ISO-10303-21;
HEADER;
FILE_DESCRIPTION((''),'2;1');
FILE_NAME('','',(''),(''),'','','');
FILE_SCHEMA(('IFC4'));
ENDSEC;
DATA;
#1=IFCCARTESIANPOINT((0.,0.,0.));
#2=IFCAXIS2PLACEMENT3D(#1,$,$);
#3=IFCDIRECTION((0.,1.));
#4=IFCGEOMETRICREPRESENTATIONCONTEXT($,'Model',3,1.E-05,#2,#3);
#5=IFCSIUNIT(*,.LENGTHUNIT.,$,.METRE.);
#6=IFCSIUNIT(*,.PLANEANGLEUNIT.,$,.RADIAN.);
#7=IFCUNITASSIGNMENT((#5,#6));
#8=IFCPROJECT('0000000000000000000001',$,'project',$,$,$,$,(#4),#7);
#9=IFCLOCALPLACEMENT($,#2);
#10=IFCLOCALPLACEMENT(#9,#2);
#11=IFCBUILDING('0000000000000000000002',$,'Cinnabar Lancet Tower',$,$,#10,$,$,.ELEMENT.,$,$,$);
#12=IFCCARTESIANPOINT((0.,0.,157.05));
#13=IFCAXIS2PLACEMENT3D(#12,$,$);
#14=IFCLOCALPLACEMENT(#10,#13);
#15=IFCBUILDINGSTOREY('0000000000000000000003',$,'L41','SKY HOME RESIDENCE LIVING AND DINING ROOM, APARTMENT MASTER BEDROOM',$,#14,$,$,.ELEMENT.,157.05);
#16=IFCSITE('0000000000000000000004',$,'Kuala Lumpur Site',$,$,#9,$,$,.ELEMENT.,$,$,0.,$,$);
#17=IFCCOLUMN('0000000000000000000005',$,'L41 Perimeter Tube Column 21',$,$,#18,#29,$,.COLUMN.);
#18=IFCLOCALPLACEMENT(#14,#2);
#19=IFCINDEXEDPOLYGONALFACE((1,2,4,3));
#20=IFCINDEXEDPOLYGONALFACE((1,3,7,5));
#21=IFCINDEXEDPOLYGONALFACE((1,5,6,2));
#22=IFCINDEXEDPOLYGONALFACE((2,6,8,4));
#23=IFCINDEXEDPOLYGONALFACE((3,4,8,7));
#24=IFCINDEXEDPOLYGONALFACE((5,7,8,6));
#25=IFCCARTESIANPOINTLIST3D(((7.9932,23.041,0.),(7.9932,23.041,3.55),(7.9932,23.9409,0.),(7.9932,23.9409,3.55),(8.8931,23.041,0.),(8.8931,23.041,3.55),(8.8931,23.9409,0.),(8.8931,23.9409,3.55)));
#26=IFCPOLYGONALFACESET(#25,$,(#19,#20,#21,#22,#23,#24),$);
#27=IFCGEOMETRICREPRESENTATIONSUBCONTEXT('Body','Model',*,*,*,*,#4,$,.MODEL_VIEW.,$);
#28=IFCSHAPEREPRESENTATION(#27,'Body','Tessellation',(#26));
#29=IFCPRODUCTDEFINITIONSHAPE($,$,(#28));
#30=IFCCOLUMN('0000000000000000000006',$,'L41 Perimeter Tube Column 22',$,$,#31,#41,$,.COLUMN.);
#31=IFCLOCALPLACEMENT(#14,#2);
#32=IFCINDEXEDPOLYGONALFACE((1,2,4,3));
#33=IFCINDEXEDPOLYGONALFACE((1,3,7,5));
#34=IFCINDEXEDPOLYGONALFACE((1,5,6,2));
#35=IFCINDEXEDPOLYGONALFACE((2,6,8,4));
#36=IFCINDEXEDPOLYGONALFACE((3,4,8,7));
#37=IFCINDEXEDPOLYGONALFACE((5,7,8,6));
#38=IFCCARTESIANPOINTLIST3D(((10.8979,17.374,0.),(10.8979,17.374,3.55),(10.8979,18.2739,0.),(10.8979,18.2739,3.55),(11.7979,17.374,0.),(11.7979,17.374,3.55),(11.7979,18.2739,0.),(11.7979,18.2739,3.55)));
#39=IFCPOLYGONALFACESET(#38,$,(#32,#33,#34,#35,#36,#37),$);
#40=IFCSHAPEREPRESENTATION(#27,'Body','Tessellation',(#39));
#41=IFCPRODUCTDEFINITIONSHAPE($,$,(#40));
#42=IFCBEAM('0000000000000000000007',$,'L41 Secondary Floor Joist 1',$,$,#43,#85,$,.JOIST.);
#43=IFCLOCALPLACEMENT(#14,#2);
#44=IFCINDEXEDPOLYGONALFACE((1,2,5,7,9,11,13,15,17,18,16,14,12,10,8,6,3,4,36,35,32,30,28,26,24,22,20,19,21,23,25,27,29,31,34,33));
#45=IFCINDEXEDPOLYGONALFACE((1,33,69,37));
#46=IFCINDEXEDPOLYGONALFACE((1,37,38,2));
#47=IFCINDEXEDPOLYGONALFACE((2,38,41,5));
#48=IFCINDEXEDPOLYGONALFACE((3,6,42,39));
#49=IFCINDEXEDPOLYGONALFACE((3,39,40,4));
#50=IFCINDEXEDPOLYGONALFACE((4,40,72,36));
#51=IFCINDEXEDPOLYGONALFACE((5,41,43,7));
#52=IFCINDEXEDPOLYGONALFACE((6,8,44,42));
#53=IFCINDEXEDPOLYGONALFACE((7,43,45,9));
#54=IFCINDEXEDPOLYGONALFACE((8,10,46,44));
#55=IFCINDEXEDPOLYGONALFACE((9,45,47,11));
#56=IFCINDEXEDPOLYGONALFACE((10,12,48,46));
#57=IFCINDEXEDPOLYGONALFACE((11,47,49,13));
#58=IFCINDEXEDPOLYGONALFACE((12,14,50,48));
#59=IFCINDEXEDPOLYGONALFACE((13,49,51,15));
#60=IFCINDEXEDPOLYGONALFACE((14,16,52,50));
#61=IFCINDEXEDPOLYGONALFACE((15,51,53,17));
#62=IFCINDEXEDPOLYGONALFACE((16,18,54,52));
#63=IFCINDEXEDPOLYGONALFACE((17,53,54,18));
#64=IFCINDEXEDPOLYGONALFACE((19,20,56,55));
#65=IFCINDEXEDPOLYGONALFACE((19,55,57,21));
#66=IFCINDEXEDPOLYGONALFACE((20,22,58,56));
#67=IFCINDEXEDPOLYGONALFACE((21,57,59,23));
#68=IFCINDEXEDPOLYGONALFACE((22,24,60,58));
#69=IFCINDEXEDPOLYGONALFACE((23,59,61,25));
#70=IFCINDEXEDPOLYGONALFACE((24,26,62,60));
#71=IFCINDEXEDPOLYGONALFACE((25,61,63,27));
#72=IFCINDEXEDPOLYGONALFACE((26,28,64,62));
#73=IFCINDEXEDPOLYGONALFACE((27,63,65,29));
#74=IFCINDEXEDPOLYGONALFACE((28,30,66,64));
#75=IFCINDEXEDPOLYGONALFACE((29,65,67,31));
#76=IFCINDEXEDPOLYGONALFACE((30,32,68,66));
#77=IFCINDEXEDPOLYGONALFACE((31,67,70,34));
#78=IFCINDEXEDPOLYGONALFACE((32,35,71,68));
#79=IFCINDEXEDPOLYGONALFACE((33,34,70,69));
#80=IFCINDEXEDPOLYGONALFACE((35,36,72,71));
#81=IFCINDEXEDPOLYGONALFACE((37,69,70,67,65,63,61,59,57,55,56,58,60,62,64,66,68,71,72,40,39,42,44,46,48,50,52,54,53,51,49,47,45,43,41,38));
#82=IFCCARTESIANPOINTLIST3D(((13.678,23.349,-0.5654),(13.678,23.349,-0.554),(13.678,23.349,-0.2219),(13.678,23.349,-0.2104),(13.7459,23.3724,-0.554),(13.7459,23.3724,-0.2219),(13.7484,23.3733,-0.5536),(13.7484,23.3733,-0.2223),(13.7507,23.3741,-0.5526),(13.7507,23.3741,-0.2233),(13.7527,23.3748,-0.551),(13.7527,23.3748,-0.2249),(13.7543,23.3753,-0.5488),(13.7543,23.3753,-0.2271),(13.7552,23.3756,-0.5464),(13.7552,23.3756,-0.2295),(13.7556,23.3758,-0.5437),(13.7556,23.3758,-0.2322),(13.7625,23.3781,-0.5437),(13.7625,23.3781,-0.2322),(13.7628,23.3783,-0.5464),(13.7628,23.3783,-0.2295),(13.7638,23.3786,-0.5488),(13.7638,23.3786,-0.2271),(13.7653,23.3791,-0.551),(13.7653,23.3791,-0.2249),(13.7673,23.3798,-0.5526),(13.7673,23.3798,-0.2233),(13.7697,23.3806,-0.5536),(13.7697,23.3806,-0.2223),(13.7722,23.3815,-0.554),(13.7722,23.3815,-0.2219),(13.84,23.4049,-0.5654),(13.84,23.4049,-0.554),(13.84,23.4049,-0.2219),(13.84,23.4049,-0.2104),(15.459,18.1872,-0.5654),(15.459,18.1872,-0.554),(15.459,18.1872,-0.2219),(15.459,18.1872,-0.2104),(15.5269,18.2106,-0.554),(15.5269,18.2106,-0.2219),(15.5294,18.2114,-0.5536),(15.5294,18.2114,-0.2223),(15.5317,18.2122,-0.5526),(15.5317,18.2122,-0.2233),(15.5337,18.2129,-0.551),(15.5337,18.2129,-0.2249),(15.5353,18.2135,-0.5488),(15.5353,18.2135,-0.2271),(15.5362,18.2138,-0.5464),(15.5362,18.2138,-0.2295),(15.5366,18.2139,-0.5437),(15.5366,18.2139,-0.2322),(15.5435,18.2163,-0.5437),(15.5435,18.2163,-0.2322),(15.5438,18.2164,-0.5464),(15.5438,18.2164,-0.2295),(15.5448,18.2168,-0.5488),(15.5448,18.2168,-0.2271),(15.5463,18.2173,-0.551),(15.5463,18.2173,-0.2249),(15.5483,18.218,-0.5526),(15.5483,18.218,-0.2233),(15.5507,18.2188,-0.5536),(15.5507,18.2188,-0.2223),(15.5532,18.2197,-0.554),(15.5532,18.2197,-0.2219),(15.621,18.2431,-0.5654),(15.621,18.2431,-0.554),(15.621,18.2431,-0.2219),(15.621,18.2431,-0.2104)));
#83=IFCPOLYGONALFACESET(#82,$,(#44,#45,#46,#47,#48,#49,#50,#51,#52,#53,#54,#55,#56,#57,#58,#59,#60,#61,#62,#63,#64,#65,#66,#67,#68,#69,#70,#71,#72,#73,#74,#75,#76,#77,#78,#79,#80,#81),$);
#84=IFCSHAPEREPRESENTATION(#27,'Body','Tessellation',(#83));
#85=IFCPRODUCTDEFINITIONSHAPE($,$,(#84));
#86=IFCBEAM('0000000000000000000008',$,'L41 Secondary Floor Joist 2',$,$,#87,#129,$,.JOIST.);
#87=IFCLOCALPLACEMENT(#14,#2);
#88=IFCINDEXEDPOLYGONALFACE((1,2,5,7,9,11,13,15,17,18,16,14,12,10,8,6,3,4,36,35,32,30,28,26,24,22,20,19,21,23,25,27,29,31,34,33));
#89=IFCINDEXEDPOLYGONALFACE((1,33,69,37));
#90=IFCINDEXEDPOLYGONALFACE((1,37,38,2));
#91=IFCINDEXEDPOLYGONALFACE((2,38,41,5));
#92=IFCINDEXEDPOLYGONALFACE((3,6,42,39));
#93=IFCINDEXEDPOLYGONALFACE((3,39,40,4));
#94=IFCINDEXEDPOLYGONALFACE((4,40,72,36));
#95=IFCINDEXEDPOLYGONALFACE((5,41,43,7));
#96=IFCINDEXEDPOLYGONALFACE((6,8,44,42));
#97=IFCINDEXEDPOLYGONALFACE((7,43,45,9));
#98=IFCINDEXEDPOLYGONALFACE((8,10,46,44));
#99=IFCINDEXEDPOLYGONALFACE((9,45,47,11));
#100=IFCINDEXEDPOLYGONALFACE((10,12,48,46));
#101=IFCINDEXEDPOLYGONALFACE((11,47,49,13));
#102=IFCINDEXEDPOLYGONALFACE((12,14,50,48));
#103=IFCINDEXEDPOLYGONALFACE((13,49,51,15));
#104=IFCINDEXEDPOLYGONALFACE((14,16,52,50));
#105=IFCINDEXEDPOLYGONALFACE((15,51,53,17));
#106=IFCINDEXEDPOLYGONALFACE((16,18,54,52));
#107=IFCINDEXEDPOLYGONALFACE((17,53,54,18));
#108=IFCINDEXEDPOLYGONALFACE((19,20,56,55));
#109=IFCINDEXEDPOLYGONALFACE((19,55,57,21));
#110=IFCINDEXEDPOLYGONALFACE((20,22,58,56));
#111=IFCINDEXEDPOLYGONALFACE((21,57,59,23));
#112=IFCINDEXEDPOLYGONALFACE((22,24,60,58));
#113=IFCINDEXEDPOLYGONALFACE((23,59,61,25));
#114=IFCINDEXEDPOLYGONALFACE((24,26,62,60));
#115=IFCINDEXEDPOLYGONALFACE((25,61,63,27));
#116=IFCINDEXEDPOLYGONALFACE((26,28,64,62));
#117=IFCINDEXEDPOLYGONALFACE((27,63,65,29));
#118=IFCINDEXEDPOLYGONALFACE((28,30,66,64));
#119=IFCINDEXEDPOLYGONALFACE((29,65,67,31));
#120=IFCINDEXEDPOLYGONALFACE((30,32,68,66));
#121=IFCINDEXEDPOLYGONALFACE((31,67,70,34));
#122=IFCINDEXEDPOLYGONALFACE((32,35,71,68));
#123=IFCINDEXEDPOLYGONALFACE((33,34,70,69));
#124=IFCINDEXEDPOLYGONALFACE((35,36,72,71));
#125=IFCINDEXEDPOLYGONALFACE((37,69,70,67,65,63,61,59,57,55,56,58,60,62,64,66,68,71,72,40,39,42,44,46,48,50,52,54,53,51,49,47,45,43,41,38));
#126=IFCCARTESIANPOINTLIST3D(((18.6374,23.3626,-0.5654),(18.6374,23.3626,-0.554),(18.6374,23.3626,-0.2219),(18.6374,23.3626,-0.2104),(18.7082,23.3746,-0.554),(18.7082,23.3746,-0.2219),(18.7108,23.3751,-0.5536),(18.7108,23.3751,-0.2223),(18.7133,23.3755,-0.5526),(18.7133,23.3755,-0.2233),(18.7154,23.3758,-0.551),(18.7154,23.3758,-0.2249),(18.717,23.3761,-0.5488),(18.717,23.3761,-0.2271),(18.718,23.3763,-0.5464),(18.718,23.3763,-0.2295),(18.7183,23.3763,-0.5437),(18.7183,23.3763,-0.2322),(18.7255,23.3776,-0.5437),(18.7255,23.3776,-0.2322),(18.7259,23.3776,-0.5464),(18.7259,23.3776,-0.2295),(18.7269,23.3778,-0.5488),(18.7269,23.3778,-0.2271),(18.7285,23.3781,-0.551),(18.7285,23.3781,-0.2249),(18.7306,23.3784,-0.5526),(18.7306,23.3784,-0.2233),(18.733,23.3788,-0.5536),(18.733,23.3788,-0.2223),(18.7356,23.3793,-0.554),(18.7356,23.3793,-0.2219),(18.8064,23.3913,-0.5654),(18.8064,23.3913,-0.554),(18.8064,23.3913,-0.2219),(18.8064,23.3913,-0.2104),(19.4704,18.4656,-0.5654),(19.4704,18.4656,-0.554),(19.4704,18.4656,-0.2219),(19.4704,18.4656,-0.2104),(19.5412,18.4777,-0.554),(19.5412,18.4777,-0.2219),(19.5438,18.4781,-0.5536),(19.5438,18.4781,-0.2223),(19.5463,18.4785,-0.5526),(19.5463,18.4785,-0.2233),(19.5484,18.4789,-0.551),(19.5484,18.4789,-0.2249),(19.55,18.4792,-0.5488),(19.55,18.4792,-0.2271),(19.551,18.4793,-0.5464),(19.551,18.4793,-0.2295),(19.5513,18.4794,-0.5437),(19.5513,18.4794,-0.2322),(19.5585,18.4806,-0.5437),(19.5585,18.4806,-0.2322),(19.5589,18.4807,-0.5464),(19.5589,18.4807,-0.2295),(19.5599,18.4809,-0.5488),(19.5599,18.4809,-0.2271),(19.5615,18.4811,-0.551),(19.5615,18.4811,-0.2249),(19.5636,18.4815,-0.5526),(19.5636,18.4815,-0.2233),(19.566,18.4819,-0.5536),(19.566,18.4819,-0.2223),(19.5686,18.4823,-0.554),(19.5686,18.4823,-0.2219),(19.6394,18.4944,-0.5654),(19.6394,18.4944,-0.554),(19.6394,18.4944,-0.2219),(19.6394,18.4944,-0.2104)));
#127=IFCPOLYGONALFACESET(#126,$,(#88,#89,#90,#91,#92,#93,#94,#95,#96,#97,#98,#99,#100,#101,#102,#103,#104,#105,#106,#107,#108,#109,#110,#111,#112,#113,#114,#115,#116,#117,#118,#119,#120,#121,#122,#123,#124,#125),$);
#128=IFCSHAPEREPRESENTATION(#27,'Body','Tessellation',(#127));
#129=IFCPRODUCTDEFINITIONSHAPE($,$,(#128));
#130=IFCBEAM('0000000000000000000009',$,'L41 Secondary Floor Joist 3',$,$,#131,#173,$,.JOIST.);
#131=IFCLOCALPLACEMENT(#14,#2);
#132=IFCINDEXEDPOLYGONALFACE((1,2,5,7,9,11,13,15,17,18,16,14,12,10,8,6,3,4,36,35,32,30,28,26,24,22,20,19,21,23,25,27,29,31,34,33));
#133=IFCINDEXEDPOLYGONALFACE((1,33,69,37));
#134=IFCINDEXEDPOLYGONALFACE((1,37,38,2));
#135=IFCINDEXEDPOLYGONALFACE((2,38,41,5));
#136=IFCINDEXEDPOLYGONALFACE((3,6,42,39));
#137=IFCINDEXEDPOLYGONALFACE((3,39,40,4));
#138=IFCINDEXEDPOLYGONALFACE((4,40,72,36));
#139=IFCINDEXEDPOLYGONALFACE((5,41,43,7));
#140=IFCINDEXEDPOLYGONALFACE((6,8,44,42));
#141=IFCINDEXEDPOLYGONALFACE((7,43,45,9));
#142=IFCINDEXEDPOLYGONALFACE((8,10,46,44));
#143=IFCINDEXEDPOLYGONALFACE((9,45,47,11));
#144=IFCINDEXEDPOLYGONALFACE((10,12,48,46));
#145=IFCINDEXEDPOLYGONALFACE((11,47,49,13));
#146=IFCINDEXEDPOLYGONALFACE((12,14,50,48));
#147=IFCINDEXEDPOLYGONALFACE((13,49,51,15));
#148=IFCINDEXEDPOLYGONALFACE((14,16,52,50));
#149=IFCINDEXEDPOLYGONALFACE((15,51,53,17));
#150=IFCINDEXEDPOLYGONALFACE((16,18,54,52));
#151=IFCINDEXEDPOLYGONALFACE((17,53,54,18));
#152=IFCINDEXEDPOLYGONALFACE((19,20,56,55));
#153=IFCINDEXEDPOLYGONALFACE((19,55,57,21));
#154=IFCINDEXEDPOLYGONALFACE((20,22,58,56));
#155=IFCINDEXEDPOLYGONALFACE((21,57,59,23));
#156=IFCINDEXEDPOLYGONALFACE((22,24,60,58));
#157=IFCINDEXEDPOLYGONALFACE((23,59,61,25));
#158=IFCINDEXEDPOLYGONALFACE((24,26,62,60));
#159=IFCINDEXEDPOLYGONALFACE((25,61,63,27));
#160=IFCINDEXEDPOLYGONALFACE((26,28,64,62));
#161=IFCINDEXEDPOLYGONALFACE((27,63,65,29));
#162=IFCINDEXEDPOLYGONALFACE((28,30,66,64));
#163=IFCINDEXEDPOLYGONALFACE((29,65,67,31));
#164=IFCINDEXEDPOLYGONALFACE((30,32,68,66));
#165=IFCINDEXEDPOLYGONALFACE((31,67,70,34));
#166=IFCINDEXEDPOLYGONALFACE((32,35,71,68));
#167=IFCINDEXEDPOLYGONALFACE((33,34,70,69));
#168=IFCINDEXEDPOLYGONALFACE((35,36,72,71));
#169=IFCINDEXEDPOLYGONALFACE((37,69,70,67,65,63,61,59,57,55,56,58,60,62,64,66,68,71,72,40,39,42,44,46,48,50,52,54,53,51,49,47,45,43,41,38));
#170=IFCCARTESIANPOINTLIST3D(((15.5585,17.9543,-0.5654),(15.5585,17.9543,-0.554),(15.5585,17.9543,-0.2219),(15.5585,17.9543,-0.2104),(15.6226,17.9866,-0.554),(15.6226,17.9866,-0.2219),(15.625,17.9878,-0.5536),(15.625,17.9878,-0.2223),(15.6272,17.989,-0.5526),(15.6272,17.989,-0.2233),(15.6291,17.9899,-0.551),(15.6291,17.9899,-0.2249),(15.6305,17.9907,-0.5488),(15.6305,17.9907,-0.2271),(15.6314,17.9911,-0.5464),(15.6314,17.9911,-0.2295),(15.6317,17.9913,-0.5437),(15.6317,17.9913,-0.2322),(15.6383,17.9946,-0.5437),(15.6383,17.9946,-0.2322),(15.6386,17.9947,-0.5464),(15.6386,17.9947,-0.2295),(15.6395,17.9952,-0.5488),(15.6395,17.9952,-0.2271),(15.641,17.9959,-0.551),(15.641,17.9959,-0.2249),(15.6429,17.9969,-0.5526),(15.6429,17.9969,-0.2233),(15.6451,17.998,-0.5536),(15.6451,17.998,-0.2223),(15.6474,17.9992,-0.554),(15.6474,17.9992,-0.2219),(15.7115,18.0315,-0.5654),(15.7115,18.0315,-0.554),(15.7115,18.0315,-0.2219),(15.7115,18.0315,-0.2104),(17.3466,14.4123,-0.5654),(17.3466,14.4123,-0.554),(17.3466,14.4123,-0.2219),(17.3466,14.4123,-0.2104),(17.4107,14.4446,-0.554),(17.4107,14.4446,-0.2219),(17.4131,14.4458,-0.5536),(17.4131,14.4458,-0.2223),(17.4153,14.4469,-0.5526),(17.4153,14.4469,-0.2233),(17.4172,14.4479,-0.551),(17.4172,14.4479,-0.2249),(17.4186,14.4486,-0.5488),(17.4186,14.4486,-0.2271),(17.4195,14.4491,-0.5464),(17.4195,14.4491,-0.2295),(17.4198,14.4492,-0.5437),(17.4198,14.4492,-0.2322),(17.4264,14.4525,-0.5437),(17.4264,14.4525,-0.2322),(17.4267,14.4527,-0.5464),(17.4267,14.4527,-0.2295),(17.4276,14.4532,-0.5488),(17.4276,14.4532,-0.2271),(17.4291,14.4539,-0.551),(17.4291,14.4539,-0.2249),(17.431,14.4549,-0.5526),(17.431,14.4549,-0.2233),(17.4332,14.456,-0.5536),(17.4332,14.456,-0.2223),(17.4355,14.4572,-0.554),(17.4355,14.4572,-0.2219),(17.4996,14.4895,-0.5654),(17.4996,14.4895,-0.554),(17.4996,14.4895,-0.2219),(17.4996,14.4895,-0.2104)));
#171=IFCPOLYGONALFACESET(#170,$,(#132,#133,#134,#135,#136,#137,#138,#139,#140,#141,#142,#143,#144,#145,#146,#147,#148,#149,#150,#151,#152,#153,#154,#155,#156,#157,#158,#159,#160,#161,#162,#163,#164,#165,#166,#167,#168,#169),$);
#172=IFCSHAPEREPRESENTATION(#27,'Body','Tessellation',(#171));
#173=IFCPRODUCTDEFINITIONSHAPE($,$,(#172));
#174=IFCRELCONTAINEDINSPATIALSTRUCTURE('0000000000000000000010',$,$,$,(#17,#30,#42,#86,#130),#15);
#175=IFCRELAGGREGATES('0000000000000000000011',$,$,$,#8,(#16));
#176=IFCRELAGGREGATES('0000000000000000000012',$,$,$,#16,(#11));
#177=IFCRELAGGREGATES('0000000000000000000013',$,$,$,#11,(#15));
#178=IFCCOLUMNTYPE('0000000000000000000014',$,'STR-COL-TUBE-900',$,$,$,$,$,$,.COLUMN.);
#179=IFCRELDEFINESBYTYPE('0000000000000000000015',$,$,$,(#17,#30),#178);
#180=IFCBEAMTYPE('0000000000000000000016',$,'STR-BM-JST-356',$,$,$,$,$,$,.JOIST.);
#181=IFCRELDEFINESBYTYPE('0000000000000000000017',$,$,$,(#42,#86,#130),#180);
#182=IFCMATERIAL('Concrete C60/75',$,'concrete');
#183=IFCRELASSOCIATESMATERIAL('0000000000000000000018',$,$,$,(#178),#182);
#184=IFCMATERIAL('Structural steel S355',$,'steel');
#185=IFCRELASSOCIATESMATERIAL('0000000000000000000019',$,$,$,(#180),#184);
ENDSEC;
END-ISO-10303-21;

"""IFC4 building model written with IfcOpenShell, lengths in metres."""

from ifc_helpers import new_model, si_unit, direction, frame, origin, origin_2d, place, context, subcontext, project, spatial, rectangle, i_section, extrude, material, material_profile, profile_set, type_object, element, save


model = new_model("IFC4")

# Units and contexts
model_context = context("Model", 3, precision=1e-05, world=origin(), true_north=direction((0.0, 1.0)))
body_context = subcontext(model_context, "Body", "Model", "MODEL_VIEW")
ifc_project = project(units=[si_unit("LENGTHUNIT", "METRE"), si_unit("PLANEANGLEUNIT", "RADIAN")], contexts=[model_context])

# Site, building, storey
site_placement = place(None, origin())
site = spatial("IfcSite", under=ifc_project, at=site_placement, Name="Kuala Lumpur Site", CompositionType="ELEMENT", RefElevation=0.0)
building_placement = place(site_placement, origin())
building = spatial("IfcBuilding", under=site, at=building_placement, Name="Cinnabar Lancet Tower", CompositionType="ELEMENT")
storey_placement = place(building_placement, frame((0.0, 0.0, 157.05)))
storey = spatial("IfcBuildingStorey", under=building, at=storey_placement, Name="L41", Description="SKY HOME RESIDENCE LIVING AND DINING ROOM, APARTMENT MASTER BEDROOM", CompositionType="ELEMENT", Elevation=157.05)

# Columns
ifc_material_1 = material(Name="Concrete C60/75", Category="concrete")
ifc_material_profile_1 = material_profile(ifc_material_1, rectangle(XDim=0.8999, YDim=0.8999, at=origin_2d()), Name="RC-COL 900x900")
ifc_profile_set_1 = profile_set([ifc_material_profile_1], Name="Concrete C60/75")
column_type = type_object("IfcColumnType", Name="STR-COL-TUBE-900", PredefinedType="COLUMN", material=ifc_profile_set_1)
for number, where, z_axis, x_axis, name in (
    (1, (8.4431, 23.491, 0.0), (0.0, 0.0, 1.0), (1.0, 0.0, 0.0), "L41 Perimeter Tube Column 21"),
    (2, (11.3479, 17.824, 0.0), (0.0, 0.0, 1.0), (1.0, 0.0, 0.0), "L41 Perimeter Tube Column 22"),
):
    element("IfcColumn", number, at=place(storey_placement, frame(where, z_axis=z_axis, x_axis=x_axis)), inside=storey, type_object=column_type, Name=name, PredefinedType="COLUMN", context=body_context, shape_type="SweptSolid", body=[
        extrude(rectangle(XDim=0.8999, YDim=0.8999, at=origin_2d()), origin(), (0.0, 0.0, 1.0), 3.55),
    ])

# Beams
ifc_material_2 = material(Name="Structural steel S355", Category="steel")
ifc_material_profile_2 = material_profile(ifc_material_2, i_section(OverallWidth=0.1714, OverallDepth=0.355, WebThickness=0.0073, FlangeThickness=0.0115, FilletRadius=0.0103, at=origin_2d()), Name="UKB 356x171x51")
ifc_profile_set_2 = profile_set([ifc_material_profile_2], Name="Structural steel S355")
beam_type_1 = type_object("IfcBeamType", Name="STR-BM-JST-356", PredefinedType="JOIST", material=ifc_profile_set_2)
beam_1_placement = place(storey_placement, frame((13.759, 23.377, -0.3879), z_axis=(0.326163, -0.945314, 0.0), x_axis=(0.945314, 0.326163, 0.0)))
element("IfcBeam", 3, at=beam_1_placement, inside=storey, type_object=beam_type_1, Name="L41 Secondary Floor Joist 1", PredefinedType="JOIST", context=body_context, shape_type="SweptSolid", body=[
    extrude(i_section(OverallWidth=0.1714, OverallDepth=0.355, WebThickness=0.0073, FlangeThickness=0.0115, FilletRadius=0.0103, at=origin_2d()), origin(), (0.0, 0.0, 1.0), 5.4604),
])
beam_2_placement = place(storey_placement, frame((18.7219, 23.377, -0.3879), z_axis=(0.167698, -0.985838, 0.0), x_axis=(0.985838, 0.167698, 0.0)))
element("IfcBeam", 4, at=beam_2_placement, inside=storey, type_object=beam_type_1, Name="L41 Secondary Floor Joist 2", PredefinedType="JOIST", context=body_context, shape_type="SweptSolid", body=[
    extrude(i_section(OverallWidth=0.1714, OverallDepth=0.355, WebThickness=0.0073, FlangeThickness=0.0115, FilletRadius=0.0103, at=origin_2d()), origin(), (0.0, 0.0, 1.0), 4.9673),
])
beam_3_placement = place(storey_placement, frame((15.635, 17.9929, -0.3879), z_axis=(0.450656, -0.892698, 0.0), x_axis=(0.892698, 0.450656, 0.0)))
element("IfcBeam", 5, at=beam_3_placement, inside=storey, type_object=beam_type_1, Name="L41 Secondary Floor Joist 3", PredefinedType="JOIST", context=body_context, shape_type="SweptSolid", body=[
    extrude(i_section(OverallWidth=0.1714, OverallDepth=0.355, WebThickness=0.0073, FlangeThickness=0.0115, FilletRadius=0.0103, at=origin_2d()), origin(), (0.0, 0.0, 1.0), 3.9678),
])

save(model, "model.ifc")
